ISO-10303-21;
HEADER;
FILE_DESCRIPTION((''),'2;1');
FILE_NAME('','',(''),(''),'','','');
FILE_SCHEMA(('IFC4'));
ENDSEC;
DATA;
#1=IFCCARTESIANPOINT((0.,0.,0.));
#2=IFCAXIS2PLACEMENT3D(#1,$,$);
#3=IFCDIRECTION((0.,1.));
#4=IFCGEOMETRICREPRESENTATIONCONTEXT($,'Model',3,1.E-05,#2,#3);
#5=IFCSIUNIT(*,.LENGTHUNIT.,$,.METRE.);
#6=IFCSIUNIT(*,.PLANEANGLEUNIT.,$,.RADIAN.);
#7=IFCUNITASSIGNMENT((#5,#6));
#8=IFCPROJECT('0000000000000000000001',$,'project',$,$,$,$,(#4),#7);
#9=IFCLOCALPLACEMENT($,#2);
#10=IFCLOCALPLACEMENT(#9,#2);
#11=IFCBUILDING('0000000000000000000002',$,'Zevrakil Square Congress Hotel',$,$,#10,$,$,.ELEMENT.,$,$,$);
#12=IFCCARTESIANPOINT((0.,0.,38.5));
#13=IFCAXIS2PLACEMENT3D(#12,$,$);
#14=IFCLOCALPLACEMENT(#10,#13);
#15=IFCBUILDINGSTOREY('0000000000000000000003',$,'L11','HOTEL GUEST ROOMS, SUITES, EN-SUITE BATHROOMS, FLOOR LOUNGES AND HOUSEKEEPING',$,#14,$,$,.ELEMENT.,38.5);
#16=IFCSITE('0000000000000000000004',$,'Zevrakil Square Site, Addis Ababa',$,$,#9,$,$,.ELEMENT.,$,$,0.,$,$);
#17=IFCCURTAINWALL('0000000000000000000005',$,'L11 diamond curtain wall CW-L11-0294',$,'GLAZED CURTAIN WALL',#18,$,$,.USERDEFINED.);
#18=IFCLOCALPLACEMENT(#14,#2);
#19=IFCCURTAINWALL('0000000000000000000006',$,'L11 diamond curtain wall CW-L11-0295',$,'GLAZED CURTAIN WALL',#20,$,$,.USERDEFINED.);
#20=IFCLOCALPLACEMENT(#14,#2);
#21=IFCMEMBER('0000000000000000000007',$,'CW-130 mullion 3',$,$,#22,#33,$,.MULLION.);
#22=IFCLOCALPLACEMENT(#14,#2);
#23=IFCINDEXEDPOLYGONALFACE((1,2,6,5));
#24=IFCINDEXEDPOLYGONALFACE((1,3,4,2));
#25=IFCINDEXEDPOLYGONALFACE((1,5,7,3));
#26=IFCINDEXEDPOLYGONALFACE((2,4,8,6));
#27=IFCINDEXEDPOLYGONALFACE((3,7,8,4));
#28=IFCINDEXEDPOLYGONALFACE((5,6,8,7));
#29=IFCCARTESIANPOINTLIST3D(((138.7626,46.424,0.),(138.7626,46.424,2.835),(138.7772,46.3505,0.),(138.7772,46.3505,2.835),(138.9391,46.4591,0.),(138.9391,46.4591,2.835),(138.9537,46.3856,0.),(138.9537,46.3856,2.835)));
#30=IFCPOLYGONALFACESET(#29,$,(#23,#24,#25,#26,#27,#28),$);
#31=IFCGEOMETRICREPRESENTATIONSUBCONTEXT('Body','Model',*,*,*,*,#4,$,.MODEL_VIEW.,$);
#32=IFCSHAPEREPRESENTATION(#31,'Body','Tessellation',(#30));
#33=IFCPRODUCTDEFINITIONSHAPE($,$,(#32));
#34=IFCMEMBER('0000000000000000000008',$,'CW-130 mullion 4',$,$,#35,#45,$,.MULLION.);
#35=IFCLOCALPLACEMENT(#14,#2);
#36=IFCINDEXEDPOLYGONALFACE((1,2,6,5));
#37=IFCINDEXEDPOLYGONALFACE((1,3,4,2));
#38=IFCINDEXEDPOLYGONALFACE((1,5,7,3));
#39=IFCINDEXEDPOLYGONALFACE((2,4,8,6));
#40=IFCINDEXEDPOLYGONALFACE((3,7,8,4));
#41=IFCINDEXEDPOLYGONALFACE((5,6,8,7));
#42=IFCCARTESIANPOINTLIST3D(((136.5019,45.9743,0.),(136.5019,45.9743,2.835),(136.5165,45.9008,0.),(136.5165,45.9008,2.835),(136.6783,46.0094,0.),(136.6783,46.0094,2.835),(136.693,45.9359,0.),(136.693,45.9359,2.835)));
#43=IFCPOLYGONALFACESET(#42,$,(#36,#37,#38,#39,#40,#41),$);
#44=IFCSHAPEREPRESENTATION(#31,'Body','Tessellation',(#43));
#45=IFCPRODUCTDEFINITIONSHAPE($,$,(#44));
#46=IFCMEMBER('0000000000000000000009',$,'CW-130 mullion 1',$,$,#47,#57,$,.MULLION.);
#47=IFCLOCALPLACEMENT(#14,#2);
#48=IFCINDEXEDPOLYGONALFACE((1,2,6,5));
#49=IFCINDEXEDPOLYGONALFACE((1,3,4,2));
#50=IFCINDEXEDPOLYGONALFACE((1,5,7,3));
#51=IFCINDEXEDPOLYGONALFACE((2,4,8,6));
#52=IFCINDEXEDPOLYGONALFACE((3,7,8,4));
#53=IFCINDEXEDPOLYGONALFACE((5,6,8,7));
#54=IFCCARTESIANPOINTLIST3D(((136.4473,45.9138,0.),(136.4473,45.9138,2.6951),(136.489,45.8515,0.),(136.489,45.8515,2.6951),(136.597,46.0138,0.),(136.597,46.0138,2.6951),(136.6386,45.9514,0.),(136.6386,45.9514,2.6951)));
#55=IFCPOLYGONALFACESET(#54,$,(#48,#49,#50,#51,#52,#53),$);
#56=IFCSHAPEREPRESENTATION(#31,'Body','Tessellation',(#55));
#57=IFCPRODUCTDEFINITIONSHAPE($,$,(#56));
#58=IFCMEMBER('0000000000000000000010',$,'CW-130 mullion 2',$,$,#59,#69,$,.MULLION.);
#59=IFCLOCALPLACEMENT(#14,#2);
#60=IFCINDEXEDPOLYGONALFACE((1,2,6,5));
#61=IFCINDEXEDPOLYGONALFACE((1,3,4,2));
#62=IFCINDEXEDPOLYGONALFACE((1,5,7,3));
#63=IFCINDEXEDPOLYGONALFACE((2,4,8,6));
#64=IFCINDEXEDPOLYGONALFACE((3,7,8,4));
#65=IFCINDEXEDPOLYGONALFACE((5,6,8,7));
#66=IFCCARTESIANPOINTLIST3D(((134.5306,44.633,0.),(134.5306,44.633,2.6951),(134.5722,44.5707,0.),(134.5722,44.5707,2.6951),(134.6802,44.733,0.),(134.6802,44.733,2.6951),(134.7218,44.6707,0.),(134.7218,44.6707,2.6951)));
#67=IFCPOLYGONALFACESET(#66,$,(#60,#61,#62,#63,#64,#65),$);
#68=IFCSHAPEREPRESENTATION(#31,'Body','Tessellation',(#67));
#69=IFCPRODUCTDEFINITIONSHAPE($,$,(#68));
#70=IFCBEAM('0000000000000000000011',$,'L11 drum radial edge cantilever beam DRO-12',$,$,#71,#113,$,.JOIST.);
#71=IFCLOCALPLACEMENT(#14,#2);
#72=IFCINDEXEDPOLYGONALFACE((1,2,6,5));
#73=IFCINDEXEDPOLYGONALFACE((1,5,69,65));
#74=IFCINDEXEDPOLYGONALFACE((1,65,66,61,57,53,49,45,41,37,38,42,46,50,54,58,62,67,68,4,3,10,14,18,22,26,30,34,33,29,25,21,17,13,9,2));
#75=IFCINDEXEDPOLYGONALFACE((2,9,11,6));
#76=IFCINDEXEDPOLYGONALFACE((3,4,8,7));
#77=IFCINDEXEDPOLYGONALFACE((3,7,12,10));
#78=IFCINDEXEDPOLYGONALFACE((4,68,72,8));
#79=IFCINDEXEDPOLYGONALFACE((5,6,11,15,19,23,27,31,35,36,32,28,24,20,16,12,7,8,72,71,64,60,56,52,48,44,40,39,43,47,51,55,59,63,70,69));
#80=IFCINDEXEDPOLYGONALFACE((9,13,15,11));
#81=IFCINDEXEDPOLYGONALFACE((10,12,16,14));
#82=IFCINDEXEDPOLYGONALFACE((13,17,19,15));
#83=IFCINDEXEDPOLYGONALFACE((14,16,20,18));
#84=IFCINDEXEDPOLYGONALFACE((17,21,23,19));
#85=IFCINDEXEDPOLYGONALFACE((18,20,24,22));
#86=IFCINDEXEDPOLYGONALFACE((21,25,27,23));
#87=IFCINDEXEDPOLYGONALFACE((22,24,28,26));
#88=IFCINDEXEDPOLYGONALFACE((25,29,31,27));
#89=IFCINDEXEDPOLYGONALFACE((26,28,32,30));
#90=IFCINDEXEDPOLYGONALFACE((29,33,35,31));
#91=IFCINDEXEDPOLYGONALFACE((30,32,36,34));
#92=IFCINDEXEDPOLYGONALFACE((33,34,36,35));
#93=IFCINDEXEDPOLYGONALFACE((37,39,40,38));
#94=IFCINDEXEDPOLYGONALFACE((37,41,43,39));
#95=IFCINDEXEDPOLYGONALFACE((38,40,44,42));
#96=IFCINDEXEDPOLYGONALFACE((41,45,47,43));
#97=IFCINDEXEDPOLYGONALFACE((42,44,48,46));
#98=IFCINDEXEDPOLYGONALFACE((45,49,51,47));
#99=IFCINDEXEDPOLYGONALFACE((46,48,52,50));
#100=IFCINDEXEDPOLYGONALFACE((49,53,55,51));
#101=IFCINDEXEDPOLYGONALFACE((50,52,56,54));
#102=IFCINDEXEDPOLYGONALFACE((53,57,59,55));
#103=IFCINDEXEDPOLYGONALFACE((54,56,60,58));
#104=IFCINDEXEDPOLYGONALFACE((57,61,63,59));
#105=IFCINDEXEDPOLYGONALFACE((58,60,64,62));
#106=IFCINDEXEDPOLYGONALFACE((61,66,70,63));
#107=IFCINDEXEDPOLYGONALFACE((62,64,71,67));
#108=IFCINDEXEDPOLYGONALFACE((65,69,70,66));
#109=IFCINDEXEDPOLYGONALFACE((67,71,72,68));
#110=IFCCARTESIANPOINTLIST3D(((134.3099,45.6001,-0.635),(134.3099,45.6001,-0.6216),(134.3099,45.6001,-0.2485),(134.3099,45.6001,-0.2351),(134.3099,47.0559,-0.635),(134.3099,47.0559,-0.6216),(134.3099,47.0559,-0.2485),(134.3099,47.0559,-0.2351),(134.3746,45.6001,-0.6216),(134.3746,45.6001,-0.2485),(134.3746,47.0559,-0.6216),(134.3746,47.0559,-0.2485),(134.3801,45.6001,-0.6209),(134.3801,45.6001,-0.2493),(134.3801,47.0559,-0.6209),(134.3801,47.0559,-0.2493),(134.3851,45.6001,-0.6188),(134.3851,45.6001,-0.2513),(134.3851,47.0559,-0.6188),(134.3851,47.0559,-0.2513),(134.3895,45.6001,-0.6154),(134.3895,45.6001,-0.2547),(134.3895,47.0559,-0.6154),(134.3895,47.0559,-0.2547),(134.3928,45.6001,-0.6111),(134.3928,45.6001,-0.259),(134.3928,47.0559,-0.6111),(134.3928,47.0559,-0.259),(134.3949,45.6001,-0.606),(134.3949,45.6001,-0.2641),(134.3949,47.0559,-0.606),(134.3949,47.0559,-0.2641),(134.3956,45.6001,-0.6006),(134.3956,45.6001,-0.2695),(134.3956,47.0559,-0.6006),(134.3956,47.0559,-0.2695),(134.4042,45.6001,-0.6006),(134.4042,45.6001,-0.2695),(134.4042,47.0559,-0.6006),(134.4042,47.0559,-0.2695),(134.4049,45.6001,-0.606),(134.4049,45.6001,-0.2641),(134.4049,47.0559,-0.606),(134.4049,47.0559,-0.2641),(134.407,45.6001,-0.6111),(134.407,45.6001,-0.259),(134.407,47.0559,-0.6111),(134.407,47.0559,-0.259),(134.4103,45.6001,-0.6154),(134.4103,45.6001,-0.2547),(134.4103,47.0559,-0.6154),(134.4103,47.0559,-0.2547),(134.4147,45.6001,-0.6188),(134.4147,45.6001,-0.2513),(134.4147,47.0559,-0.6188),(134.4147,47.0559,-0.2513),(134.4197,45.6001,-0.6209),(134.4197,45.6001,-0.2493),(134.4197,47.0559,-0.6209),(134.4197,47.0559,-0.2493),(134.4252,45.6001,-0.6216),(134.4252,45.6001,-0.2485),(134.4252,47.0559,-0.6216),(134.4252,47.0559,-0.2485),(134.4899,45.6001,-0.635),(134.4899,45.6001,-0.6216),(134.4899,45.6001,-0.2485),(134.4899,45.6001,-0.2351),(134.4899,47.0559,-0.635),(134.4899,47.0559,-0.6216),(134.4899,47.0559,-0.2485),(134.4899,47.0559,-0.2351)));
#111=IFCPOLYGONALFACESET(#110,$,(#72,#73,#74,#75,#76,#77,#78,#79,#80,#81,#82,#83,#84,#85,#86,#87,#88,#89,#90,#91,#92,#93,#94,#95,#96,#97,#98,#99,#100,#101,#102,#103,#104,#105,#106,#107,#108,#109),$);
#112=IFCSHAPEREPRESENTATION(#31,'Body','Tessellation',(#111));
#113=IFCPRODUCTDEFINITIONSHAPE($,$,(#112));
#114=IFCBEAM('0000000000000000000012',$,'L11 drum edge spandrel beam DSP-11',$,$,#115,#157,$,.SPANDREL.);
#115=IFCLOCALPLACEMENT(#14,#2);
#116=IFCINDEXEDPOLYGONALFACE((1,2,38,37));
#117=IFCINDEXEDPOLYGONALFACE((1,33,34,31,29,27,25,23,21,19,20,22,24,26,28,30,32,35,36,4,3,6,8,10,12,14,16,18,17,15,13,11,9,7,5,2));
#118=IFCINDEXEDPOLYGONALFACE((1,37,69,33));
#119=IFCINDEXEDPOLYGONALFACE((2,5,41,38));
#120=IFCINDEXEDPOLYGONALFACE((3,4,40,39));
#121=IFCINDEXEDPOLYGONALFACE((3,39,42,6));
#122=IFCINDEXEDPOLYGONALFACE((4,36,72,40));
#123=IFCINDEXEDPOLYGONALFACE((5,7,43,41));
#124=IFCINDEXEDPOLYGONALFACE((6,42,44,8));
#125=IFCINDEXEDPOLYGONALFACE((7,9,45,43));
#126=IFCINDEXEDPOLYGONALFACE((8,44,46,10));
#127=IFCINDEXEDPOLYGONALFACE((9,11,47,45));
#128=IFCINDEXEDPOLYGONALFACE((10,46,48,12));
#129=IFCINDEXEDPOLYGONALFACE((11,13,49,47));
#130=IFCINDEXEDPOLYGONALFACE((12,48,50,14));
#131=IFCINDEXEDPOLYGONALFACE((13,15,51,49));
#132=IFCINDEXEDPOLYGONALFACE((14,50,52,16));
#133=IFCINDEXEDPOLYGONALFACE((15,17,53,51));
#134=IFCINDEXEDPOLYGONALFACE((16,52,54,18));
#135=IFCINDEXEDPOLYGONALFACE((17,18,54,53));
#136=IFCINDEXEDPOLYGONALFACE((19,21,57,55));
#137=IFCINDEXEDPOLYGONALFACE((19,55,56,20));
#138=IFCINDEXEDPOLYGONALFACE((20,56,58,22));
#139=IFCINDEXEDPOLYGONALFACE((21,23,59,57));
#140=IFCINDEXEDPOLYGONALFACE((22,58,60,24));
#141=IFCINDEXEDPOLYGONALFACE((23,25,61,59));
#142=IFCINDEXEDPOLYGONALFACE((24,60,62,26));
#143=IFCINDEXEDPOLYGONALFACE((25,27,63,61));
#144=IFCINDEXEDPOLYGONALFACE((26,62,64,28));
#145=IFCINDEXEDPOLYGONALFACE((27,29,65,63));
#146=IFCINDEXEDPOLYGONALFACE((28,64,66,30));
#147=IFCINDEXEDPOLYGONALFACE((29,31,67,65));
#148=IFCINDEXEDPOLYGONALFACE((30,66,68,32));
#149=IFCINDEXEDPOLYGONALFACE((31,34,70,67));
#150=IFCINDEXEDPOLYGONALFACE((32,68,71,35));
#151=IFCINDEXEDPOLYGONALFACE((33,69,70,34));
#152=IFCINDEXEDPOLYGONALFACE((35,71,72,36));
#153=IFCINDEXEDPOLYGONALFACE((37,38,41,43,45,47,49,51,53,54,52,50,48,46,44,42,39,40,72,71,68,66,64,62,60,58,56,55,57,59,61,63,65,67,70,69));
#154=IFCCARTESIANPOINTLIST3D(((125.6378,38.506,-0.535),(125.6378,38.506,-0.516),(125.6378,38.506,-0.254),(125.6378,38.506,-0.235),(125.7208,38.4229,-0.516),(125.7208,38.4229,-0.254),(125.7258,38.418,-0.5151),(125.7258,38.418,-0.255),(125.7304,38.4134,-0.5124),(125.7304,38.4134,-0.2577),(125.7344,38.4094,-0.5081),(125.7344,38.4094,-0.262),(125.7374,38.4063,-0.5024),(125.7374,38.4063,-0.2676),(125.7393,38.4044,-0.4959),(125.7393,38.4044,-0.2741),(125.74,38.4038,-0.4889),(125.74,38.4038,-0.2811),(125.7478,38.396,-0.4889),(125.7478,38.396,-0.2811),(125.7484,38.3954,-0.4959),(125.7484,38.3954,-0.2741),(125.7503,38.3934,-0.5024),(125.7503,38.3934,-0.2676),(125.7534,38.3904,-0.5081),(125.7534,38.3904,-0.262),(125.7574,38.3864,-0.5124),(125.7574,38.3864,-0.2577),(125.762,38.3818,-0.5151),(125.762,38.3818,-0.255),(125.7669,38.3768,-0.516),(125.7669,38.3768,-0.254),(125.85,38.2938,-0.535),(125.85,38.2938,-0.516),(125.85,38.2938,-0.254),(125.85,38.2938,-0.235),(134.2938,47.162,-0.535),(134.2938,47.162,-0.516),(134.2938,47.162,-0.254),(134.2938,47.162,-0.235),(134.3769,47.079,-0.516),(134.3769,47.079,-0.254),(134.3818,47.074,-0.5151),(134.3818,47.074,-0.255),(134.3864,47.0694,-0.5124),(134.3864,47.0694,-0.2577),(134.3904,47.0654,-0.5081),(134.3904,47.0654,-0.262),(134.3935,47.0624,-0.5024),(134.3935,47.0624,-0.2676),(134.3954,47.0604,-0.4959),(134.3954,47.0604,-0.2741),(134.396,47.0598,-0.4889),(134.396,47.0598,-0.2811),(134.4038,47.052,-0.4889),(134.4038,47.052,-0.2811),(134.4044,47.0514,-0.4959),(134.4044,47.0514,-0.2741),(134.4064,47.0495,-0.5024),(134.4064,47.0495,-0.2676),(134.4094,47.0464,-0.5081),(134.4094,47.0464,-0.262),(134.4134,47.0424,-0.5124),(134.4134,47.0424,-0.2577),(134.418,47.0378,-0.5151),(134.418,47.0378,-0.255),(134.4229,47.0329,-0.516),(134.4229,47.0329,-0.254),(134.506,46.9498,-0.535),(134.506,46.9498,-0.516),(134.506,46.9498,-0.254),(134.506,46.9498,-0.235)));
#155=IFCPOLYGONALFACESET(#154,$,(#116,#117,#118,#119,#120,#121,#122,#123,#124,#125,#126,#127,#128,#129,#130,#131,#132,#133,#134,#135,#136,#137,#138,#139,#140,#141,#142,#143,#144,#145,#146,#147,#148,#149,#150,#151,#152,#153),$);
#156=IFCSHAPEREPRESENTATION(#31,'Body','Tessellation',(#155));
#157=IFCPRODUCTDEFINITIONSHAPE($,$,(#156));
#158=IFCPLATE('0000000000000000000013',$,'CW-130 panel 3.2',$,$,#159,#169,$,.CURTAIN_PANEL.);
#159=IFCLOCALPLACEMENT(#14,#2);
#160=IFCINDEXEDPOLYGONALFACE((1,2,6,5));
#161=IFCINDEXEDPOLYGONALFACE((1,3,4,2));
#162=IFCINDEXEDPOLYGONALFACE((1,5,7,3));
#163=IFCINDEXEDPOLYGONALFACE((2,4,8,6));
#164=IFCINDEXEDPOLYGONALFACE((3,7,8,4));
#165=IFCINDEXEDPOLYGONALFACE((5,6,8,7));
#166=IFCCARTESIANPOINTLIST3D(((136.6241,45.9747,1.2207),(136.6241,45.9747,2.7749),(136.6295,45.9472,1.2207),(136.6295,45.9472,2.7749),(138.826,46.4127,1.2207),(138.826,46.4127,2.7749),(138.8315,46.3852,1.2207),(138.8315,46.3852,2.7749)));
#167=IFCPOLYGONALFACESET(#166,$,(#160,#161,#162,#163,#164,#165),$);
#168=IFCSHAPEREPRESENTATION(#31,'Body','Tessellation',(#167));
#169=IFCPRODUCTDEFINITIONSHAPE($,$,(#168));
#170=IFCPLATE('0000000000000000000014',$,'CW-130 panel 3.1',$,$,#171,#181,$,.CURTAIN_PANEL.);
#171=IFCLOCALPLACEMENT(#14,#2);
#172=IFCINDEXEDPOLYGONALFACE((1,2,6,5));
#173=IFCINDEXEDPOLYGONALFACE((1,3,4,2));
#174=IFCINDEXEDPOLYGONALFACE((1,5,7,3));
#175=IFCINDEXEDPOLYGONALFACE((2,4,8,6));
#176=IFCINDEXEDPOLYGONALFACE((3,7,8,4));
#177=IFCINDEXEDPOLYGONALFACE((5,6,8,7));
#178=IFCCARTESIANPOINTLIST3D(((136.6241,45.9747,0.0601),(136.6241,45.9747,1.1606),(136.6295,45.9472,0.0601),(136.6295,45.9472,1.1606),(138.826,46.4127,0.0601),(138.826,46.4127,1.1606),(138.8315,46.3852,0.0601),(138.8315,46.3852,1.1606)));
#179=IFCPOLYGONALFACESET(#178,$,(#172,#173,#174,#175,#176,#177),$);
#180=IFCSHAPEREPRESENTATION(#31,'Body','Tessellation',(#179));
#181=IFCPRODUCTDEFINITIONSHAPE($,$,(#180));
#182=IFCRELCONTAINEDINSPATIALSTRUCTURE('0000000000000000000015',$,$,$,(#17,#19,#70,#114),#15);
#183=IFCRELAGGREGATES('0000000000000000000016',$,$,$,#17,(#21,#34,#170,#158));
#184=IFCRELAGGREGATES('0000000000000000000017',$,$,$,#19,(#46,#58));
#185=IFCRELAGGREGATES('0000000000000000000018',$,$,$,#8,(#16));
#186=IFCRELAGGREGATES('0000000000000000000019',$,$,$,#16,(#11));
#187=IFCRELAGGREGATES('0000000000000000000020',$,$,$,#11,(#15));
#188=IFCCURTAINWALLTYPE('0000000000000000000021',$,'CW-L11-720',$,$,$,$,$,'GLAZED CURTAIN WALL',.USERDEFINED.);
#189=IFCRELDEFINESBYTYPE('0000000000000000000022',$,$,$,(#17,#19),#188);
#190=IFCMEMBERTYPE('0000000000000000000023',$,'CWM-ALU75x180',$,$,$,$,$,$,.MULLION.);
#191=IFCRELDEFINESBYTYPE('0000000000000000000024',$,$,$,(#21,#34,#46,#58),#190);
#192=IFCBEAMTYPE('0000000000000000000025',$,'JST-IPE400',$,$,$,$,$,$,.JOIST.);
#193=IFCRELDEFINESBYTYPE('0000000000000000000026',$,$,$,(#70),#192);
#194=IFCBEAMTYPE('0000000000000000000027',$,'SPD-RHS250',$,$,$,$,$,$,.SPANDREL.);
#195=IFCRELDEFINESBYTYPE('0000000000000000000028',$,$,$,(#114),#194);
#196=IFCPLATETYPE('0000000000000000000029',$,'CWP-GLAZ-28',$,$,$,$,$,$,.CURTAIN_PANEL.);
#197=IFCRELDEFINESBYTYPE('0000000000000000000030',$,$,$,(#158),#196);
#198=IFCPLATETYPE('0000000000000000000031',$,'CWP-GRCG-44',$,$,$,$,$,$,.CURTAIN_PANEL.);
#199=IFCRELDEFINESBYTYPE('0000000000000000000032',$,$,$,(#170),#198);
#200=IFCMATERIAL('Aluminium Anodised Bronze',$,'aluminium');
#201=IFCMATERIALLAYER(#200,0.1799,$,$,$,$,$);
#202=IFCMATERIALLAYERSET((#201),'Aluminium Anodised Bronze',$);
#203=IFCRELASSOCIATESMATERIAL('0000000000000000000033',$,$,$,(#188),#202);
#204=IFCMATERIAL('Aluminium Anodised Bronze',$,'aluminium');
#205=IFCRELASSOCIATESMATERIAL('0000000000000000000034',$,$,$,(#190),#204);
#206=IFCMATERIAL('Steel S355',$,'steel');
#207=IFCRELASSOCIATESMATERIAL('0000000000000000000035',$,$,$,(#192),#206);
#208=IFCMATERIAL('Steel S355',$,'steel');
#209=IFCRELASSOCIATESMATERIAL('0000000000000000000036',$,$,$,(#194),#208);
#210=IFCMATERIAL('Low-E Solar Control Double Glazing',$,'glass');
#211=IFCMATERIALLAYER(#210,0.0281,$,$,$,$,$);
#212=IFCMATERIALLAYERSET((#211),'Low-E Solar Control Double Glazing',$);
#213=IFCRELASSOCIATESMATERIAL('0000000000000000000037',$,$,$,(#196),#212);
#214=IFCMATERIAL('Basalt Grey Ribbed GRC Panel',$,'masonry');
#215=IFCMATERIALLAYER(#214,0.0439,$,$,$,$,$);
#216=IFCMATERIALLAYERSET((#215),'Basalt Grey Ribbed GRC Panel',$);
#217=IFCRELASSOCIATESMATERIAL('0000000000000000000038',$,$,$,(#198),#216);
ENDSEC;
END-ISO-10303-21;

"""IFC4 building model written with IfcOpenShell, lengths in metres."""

from ifc_helpers import new_model, si_unit, direction, frame, origin, origin_2d, place, context, subcontext, project, spatial, rectangle, i_section, extrude, material, layer, layer_set, material_profile, profile_set, type_object, element, aggregate, save


model = new_model("IFC4")

# Units and contexts
model_context = context("Model", 3, precision=1e-05, world=origin(), true_north=direction((0.0, 1.0)))
body_context = subcontext(model_context, "Body", "Model", "MODEL_VIEW")
ifc_project = project(units=[si_unit("LENGTHUNIT", "METRE"), si_unit("PLANEANGLEUNIT", "RADIAN")], contexts=[model_context])

# Site, building, storey
site_placement = place(None, origin())
site = spatial("IfcSite", under=ifc_project, at=site_placement, Name="Zevrakil Square Site, Addis Ababa", CompositionType="ELEMENT", RefElevation=0.0)
building_placement = place(site_placement, origin())
building = spatial("IfcBuilding", under=site, at=building_placement, Name="Zevrakil Square Congress Hotel", CompositionType="ELEMENT")
storey_placement = place(building_placement, frame((0.0, 0.0, 38.5)))
storey = spatial("IfcBuildingStorey", under=building, at=storey_placement, Name="L11", Description="HOTEL GUEST ROOMS, SUITES, EN-SUITE BATHROOMS, FLOOR LOUNGES AND HOUSEKEEPING", CompositionType="ELEMENT", Elevation=38.5)

# Curtain walls
ifc_material_1 = material(Name="Aluminium Anodised Bronze", Category="aluminium")
ifc_layer_1 = layer(ifc_material_1, 0.1799)
ifc_layer_set_1 = layer_set([ifc_layer_1], Name="Aluminium Anodised Bronze")
curtain_wall_type = type_object("IfcCurtainWallType", Name="CW-L11-720", ElementType="GLAZED CURTAIN WALL", PredefinedType="USERDEFINED", material=ifc_layer_set_1)
curtain_wall_1_placement = place(storey_placement, origin())
curtain_wall_1 = element("IfcCurtainWall", 1, at=curtain_wall_1_placement, inside=storey, type_object=curtain_wall_type, Name="L11 diamond curtain wall CW-L11-0294", ObjectType="GLAZED CURTAIN WALL", PredefinedType="USERDEFINED")
curtain_wall_2_placement = place(storey_placement, origin())
curtain_wall_2 = element("IfcCurtainWall", 2, at=curtain_wall_2_placement, inside=storey, type_object=curtain_wall_type, Name="L11 diamond curtain wall CW-L11-0295", ObjectType="GLAZED CURTAIN WALL", PredefinedType="USERDEFINED")

# Members
ifc_material_2 = material(Name="Aluminium Anodised Bronze", Category="aluminium")
ifc_material_profile_1 = material_profile(ifc_material_2, rectangle(XDim=0.075, YDim=0.1799, at=origin_2d()), Name="ALU 75x180")
ifc_profile_set_1 = profile_set([ifc_material_profile_1], Name="Aluminium Anodised Bronze")
member_type_1 = type_object("IfcMemberType", Name="CWM-ALU75x180", PredefinedType="MULLION", material=ifc_profile_set_1)
member_1_placement = place(storey_placement, frame((138.8582, 46.4048, 0.0), z_axis=(0.0, 0.0, 1.0), x_axis=(0.195084, -0.980787, 0.0)))
member_1 = element("IfcMember", 3, at=member_1_placement, type_object=member_type_1, Name="CW-130 mullion 3", PredefinedType="MULLION", context=body_context, shape_type="SweptSolid", body=[
    extrude(rectangle(XDim=0.075, YDim=0.1799, at=origin_2d()), origin(), (0.0, 0.0, 1.0), 2.835),
])
member_2_placement = place(storey_placement, frame((136.5974, 45.9551, 0.0), z_axis=(0.0, 0.0, 1.0), x_axis=(0.195084, -0.980787, 0.0)))
member_2 = element("IfcMember", 4, at=member_2_placement, type_object=member_type_1, Name="CW-130 mullion 4", PredefinedType="MULLION", context=body_context, shape_type="SweptSolid", body=[
    extrude(rectangle(XDim=0.075, YDim=0.1799, at=origin_2d()), origin(), (0.0, 0.0, 1.0), 2.835),
])
member_3_placement = place(storey_placement, frame((136.543, 45.9326, 0.0), z_axis=(0.0, 0.0, 1.0), x_axis=(0.555576, -0.831466, 0.0)))
member_3 = element("IfcMember", 5, at=member_3_placement, type_object=member_type_1, Name="CW-130 mullion 1", PredefinedType="MULLION", context=body_context, shape_type="SweptSolid", body=[
    extrude(rectangle(XDim=0.075, YDim=0.1799, at=origin_2d()), origin(), (0.0, 0.0, 1.0), 2.6951),
])
member_4_placement = place(storey_placement, frame((134.6262, 44.6519, 0.0), z_axis=(0.0, 0.0, 1.0), x_axis=(0.555576, -0.831466, 0.0)))
member_4 = element("IfcMember", 6, at=member_4_placement, type_object=member_type_1, Name="CW-130 mullion 2", PredefinedType="MULLION", context=body_context, shape_type="SweptSolid", body=[
    extrude(rectangle(XDim=0.075, YDim=0.1799, at=origin_2d()), origin(), (0.0, 0.0, 1.0), 2.6951),
])

# Beams
ifc_material_3 = material(Name="Steel S355", Category="steel")
ifc_material_profile_2 = material_profile(ifc_material_3, i_section(OverallWidth=0.1799, OverallDepth=0.3999, WebThickness=0.0085, FlangeThickness=0.0134, FilletRadius=0.021, at=origin_2d()), Name="IPE 400")
ifc_profile_set_2 = profile_set([ifc_material_profile_2], Name="Steel S355")
beam_type_1 = type_object("IfcBeamType", Name="JST-IPE400", PredefinedType="JOIST", material=ifc_profile_set_2)
beam_1_placement = place(storey_placement, frame((134.3999, 45.6001, -0.4351), z_axis=(0.0, 1.0, 0.0), x_axis=(-1.0, 0.0, 0.0)))
element("IfcBeam", 7, at=beam_1_placement, inside=storey, type_object=beam_type_1, Name="L11 drum radial edge cantilever beam DRO-12", PredefinedType="JOIST", context=body_context, shape_type="SweptSolid", body=[
    extrude(i_section(OverallWidth=0.1799, OverallDepth=0.3999, WebThickness=0.0085, FlangeThickness=0.0134, FilletRadius=0.021, at=origin_2d()), origin(), (0.0, 0.0, 1.0), 1.4558),
])
ifc_material_4 = material(Name="Steel S355", Category="steel")
ifc_material_profile_3 = material_profile(ifc_material_4, i_section(OverallWidth=0.3, OverallDepth=0.3, WebThickness=0.011, FlangeThickness=0.019, FilletRadius=0.0271, at=origin_2d()), Name="HEB 300")
ifc_profile_set_3 = profile_set([ifc_material_profile_3], Name="Steel S355")
beam_type_2 = type_object("IfcBeamType", Name="SPD-RHS250", PredefinedType="SPANDREL", material=ifc_profile_set_3)
beam_2_placement = place(storey_placement, frame((134.3999, 47.0559, -0.385), z_axis=(-0.707107, -0.707107, 0.0), x_axis=(0.707107, -0.707107, 0.0)))
element("IfcBeam", 8, at=beam_2_placement, inside=storey, type_object=beam_type_2, Name="L11 drum edge spandrel beam DSP-11", PredefinedType="SPANDREL", context=body_context, shape_type="SweptSolid", body=[
    extrude(i_section(OverallWidth=0.3, OverallDepth=0.3, WebThickness=0.011, FlangeThickness=0.019, FilletRadius=0.0271, at=origin_2d()), origin(), (0.0, 0.0, 1.0), 12.2415),
])

# Plates
ifc_material_5 = material(Name="Low-E Solar Control Double Glazing", Category="glass")
ifc_layer_2 = layer(ifc_material_5, 0.0281)
ifc_layer_set_2 = layer_set([ifc_layer_2], Name="Low-E Solar Control Double Glazing")
plate_type_1 = type_object("IfcPlateType", Name="CWP-GLAZ-28", PredefinedType="CURTAIN_PANEL", material=ifc_layer_set_2)
plate_1_placement = place(storey_placement, frame((137.7278, 46.1799, 1.2207), z_axis=(0.0, 0.0, 1.0), x_axis=(-0.980787, -0.195084, 0.0)))
plate_1 = element("IfcPlate", 9, at=plate_1_placement, type_object=plate_type_1, Name="CW-130 panel 3.2", PredefinedType="CURTAIN_PANEL", context=body_context, shape_type="SweptSolid", body=[
    extrude(rectangle(XDim=2.2451, YDim=0.0281, at=origin_2d()), origin(), (0.0, 0.0, 1.0), 1.5542),
])
ifc_material_6 = material(Name="Basalt Grey Ribbed GRC Panel", Category="masonry")
ifc_layer_3 = layer(ifc_material_6, 0.0439)
ifc_layer_set_3 = layer_set([ifc_layer_3], Name="Basalt Grey Ribbed GRC Panel")
plate_type_2 = type_object("IfcPlateType", Name="CWP-GRCG-44", PredefinedType="CURTAIN_PANEL", material=ifc_layer_set_3)
plate_2_placement = place(storey_placement, frame((137.7278, 46.1799, 0.0601), z_axis=(0.0, 0.0, 1.0), x_axis=(-0.980787, -0.195084, 0.0)))
plate_2 = element("IfcPlate", 10, at=plate_2_placement, type_object=plate_type_2, Name="CW-130 panel 3.1", PredefinedType="CURTAIN_PANEL", context=body_context, shape_type="SweptSolid", body=[
    extrude(rectangle(XDim=2.2451, YDim=0.0281, at=origin_2d()), origin(), (0.0, 0.0, 1.0), 1.1006),
])
aggregate(curtain_wall_1, [member_1, member_2, plate_2, plate_1])
aggregate(curtain_wall_2, [member_3, member_4])

save(model, "model.ifc")
